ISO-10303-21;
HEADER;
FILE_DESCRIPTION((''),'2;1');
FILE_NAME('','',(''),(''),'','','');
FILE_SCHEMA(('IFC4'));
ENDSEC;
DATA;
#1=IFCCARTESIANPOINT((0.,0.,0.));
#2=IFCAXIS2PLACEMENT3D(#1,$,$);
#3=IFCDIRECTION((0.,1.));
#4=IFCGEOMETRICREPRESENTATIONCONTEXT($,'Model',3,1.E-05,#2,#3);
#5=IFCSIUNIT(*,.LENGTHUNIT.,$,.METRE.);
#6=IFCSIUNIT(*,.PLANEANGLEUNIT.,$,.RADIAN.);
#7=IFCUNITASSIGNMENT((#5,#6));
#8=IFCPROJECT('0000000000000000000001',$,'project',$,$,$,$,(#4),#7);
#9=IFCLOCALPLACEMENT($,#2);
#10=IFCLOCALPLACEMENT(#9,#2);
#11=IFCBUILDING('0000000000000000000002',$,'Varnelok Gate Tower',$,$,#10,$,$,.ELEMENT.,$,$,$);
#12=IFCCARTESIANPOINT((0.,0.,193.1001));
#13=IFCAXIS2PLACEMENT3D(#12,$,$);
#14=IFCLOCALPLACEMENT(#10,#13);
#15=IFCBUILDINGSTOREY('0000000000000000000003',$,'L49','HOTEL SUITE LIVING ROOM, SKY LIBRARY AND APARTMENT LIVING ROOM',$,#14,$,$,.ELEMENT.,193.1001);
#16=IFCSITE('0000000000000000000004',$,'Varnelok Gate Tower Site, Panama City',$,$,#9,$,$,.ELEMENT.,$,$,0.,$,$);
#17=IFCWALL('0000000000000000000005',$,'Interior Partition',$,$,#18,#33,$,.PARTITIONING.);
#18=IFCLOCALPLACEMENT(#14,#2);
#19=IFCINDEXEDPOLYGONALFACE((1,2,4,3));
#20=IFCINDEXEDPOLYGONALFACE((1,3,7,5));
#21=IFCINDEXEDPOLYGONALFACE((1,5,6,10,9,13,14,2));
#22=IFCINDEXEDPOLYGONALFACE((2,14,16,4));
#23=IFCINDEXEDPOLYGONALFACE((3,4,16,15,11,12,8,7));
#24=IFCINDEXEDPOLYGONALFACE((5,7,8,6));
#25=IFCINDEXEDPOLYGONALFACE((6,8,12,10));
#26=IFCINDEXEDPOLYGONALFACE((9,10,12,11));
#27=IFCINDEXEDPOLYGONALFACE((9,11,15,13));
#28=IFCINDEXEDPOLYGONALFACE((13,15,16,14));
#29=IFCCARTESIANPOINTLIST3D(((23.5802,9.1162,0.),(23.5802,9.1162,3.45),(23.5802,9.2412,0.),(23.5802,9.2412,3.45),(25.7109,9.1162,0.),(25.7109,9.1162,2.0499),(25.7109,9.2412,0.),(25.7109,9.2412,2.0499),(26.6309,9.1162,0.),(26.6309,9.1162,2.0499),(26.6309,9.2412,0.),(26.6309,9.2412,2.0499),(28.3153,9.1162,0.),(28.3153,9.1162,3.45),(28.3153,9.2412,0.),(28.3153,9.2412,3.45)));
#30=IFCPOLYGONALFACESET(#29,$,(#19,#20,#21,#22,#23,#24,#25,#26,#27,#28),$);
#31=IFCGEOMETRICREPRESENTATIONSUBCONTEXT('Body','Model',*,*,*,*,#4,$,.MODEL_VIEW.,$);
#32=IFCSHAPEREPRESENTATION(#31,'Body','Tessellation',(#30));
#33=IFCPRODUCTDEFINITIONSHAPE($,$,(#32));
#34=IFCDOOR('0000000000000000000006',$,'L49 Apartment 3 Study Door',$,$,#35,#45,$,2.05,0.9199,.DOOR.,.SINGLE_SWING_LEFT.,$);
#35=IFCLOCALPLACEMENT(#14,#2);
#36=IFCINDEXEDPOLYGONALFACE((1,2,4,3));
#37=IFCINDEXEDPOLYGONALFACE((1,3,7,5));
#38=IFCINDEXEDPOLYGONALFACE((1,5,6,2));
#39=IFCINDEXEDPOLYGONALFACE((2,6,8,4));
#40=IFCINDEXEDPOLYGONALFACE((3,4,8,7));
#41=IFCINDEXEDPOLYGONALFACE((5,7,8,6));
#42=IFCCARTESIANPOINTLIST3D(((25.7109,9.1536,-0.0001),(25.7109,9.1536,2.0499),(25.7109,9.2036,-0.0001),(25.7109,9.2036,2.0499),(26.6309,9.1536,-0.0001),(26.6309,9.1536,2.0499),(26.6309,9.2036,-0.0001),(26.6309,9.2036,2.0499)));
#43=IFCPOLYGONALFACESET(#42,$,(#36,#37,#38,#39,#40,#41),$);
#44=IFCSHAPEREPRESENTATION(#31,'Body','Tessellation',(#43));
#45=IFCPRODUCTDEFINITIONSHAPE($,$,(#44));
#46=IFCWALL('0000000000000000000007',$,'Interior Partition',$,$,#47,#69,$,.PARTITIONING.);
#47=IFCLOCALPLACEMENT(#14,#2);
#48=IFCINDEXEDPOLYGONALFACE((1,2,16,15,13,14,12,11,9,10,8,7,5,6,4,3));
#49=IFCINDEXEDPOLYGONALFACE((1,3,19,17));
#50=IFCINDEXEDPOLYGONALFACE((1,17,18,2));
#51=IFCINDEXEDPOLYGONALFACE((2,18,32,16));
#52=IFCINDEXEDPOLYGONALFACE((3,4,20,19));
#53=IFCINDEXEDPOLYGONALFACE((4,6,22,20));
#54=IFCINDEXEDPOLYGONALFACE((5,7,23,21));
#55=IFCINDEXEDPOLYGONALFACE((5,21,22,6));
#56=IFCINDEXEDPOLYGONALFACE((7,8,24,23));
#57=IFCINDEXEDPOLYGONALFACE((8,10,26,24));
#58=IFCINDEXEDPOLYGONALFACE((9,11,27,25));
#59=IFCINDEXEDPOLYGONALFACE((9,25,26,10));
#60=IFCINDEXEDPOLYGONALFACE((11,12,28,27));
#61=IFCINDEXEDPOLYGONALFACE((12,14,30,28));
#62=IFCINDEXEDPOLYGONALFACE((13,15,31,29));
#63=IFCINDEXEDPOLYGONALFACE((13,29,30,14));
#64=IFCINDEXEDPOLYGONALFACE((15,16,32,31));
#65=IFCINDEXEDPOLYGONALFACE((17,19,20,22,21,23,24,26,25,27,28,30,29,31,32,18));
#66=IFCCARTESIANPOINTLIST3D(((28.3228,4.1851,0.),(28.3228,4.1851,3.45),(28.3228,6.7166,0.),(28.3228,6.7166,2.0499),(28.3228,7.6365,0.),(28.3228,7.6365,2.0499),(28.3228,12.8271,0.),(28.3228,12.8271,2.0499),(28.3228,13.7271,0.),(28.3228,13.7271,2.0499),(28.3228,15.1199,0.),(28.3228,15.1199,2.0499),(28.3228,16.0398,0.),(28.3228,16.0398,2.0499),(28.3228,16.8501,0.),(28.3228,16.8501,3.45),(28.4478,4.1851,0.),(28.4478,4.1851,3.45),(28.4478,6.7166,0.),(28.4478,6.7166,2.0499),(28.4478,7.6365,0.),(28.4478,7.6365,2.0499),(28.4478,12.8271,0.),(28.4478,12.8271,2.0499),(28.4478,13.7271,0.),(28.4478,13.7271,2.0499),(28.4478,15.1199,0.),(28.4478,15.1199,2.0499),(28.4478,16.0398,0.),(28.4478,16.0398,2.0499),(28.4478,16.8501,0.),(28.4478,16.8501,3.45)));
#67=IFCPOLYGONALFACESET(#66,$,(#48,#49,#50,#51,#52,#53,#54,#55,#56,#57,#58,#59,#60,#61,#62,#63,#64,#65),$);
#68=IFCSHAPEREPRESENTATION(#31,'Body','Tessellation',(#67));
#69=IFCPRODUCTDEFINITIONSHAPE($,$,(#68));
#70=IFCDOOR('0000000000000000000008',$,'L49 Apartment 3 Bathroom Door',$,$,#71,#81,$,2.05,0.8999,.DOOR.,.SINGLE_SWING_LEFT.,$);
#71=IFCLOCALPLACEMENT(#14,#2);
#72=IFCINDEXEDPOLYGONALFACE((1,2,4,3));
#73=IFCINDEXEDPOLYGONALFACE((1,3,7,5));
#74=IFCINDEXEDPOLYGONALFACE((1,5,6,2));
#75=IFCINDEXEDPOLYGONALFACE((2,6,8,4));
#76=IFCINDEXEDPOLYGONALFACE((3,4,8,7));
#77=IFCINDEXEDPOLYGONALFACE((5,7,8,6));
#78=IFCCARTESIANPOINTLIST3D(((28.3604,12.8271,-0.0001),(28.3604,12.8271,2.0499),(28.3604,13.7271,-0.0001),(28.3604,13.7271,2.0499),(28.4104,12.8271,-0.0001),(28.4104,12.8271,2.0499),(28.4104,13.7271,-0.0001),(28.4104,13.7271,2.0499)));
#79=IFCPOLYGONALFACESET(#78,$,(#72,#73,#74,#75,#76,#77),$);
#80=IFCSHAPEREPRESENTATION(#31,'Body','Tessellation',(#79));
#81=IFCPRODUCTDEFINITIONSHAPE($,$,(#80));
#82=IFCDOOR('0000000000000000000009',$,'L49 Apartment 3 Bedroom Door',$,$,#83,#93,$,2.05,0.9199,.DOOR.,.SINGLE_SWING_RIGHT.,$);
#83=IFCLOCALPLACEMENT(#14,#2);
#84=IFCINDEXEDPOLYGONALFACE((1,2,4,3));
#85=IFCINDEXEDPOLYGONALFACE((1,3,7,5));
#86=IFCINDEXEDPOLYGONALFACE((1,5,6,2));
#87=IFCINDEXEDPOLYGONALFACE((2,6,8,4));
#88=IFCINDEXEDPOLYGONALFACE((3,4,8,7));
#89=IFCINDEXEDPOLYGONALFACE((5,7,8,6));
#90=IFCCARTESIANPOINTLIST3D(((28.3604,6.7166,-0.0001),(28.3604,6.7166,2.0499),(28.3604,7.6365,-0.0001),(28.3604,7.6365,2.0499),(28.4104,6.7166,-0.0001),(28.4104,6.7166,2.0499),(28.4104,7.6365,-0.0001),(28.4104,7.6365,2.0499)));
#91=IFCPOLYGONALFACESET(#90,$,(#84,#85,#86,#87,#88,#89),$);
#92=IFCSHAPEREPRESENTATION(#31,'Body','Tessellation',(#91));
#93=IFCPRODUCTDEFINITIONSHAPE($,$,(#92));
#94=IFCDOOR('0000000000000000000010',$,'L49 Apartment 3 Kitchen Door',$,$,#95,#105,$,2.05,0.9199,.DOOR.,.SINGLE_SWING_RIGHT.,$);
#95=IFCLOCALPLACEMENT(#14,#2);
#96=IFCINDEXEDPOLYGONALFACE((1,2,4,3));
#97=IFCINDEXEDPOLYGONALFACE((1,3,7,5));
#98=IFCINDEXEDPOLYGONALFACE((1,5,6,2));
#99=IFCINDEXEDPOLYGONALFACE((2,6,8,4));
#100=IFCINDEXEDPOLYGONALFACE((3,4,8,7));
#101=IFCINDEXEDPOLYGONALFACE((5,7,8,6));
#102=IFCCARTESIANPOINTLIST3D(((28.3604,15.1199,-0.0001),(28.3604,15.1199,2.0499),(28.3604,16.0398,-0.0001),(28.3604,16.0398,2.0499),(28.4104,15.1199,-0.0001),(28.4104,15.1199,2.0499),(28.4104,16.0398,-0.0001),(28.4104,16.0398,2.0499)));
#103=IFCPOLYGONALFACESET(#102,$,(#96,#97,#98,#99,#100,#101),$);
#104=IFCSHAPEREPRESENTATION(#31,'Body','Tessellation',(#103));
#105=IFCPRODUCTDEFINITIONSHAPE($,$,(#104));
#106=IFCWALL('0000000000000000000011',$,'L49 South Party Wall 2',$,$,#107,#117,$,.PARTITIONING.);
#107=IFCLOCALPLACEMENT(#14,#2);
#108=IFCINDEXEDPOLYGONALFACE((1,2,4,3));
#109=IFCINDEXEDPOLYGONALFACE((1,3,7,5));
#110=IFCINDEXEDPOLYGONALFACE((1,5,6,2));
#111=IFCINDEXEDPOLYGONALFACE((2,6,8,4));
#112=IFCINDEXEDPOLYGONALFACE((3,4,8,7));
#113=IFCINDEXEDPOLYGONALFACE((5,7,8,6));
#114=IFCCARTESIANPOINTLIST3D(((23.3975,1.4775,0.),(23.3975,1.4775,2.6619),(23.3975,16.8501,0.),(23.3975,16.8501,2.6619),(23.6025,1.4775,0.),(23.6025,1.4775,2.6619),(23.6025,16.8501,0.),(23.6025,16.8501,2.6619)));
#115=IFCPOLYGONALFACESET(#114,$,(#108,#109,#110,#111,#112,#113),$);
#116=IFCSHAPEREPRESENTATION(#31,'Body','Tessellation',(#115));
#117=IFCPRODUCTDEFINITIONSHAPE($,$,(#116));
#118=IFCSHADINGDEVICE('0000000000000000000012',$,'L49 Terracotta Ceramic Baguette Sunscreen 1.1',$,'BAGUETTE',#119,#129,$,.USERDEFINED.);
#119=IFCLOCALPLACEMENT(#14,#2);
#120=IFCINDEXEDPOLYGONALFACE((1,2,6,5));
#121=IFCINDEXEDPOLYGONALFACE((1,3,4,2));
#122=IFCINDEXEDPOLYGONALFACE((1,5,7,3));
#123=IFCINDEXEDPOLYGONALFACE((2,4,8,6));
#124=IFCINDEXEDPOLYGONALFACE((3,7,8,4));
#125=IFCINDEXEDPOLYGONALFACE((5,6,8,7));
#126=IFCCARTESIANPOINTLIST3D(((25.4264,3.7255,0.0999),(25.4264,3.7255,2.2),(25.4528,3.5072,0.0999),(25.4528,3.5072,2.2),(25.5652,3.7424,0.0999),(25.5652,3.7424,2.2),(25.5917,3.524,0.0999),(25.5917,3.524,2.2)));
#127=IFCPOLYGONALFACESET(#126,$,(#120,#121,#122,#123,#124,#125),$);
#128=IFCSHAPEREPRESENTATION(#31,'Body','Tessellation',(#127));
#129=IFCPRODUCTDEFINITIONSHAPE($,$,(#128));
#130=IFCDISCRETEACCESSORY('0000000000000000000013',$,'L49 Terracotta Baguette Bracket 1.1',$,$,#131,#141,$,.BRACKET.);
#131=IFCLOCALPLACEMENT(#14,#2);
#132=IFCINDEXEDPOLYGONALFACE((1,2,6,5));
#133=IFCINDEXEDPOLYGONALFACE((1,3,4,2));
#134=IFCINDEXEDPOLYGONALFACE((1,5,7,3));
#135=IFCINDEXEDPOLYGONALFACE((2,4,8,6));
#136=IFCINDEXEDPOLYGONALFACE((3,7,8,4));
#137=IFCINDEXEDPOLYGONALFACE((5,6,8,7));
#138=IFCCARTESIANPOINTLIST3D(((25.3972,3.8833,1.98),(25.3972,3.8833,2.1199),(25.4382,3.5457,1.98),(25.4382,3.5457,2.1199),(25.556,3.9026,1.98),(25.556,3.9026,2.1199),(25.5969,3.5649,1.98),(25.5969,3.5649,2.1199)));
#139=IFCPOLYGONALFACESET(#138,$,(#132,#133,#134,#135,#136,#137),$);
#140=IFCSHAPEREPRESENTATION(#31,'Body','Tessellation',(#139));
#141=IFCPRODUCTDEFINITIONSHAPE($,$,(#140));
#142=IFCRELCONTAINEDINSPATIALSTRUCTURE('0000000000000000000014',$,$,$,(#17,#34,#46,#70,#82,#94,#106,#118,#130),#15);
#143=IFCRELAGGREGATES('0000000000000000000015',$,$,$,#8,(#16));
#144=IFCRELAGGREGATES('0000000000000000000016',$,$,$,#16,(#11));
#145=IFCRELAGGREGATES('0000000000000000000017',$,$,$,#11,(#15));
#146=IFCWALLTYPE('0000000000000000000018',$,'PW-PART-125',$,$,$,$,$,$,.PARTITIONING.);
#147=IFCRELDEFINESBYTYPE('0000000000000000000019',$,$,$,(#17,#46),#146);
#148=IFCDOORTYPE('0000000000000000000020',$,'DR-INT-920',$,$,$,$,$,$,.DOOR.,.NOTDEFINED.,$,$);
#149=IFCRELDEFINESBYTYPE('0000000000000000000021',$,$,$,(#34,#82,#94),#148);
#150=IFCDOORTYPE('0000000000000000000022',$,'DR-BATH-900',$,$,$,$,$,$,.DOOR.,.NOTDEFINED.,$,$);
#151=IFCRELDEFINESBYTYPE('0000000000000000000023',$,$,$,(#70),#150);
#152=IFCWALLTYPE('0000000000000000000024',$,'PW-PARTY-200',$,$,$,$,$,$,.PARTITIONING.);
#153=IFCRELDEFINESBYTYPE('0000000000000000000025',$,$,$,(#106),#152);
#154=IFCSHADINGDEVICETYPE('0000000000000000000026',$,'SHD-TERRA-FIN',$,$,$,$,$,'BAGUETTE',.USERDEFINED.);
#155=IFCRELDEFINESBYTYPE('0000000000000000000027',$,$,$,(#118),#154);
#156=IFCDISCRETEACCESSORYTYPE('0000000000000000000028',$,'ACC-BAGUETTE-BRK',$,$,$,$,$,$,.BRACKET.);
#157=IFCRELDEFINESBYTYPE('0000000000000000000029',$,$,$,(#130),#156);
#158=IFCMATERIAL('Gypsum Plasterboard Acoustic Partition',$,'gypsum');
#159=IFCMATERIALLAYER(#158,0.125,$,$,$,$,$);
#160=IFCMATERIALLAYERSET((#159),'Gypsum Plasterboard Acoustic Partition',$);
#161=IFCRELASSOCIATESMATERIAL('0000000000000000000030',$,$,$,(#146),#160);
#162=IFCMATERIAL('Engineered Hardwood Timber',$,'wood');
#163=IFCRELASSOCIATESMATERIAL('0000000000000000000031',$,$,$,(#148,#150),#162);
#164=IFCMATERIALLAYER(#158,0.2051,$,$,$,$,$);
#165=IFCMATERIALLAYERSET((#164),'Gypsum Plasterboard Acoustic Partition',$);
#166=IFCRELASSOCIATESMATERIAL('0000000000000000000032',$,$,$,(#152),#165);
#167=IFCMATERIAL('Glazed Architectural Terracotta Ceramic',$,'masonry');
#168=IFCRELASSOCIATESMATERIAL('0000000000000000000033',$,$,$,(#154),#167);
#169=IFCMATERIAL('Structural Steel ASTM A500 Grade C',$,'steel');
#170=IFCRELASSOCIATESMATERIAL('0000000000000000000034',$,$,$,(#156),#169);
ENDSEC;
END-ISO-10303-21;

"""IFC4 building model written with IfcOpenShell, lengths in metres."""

from ifc_helpers import new_model, si_unit, direction, frame, frame_2d, origin, origin_2d, place, context, subcontext, project, spatial, rectangle, extrude, source, transform, mapped, material, layer, layer_set, type_object, element, fill, save


model = new_model("IFC4")

# Units and contexts
model_context = context("Model", 3, precision=1e-05, world=origin(), true_north=direction((0.0, 1.0)))
body_context = subcontext(model_context, "Body", "Model", "MODEL_VIEW")
ifc_project = project(units=[si_unit("LENGTHUNIT", "METRE"), si_unit("PLANEANGLEUNIT", "RADIAN")], contexts=[model_context])

# Site, building, storey
site_placement = place(None, origin())
site = spatial("IfcSite", under=ifc_project, at=site_placement, Name="Varnelok Gate Tower Site, Panama City", CompositionType="ELEMENT", RefElevation=0.0)
building_placement = place(site_placement, origin())
building = spatial("IfcBuilding", under=site, at=building_placement, Name="Varnelok Gate Tower", CompositionType="ELEMENT")
storey_placement = place(building_placement, frame((0.0, 0.0, 193.1001)))
storey = spatial("IfcBuildingStorey", under=building, at=storey_placement, Name="L49", Description="HOTEL SUITE LIVING ROOM, SKY LIBRARY AND APARTMENT LIVING ROOM", CompositionType="ELEMENT", Elevation=193.1001)

# Shared definitions
ifc_material_1 = material(Name="Gypsum Plasterboard Acoustic Partition", Category="gypsum")

# Wall, opening, door
ifc_layer_1 = layer(ifc_material_1, 0.125)
ifc_layer_set_1 = layer_set([ifc_layer_1], Name="Gypsum Plasterboard Acoustic Partition")
wall_type_1 = type_object("IfcWallType", Name="PW-PART-125", PredefinedType="PARTITIONING", material=ifc_layer_set_1)
wall_1_placement = place(storey_placement, frame((23.5801, 9.1787, 0.0), z_axis=(0.0, 0.0, 1.0), x_axis=(1.0, 0.0, 0.0)))
wall_1 = element("IfcWall", 1, at=wall_1_placement, inside=storey, type_object=wall_type_1, Name="Interior Partition", PredefinedType="PARTITIONING", context=body_context, shape_type="SweptSolid", body=[
    extrude(rectangle(XDim=4.7351, YDim=0.125, at=frame_2d((2.3677, 0.0))), origin(), (0.0, 0.0, 1.0), 3.45),
])
opening_1_placement = place(wall_1_placement, frame((2.1309, 0.0, 0.0)))
opening_1 = element("IfcOpeningElement", 2, at=opening_1_placement, cuts=wall_1, PredefinedType="OPENING", context=body_context, shape_type="SweptSolid", body=[
    extrude(rectangle(XDim=0.9199, YDim=2.05, at=frame_2d((0.46, 1.0249))), frame((0.0, 0.0725, 0.0), z_axis=(0.0, -1.0, 0.0), x_axis=(1.0, 0.0, 0.0)), (0.0, 0.0, 1.0), 0.145),
])
ifc_material_2 = material(Name="Engineered Hardwood Timber", Category="wood")
door_type_1 = type_object("IfcDoorType", Name="DR-INT-920", OperationType="NOTDEFINED", PredefinedType="DOOR", material=ifc_material_2)
door_1_placement = place(opening_1_placement, origin())
door_1 = element("IfcDoor", 3, at=door_1_placement, inside=storey, type_object=door_type_1, Name="L49 Apartment 3 Study Door", OperationType="SINGLE_SWING_LEFT", OverallHeight=2.05, OverallWidth=0.9199, PredefinedType="DOOR", context=body_context, shape_type="SweptSolid", body=[
    extrude(rectangle(XDim=0.9199, YDim=2.05, at=frame_2d((0.46, 1.0249))), frame((0.0, 0.0249, 0.0), z_axis=(0.0, -1.0, 0.0), x_axis=(1.0, 0.0, 0.0)), (0.0, 0.0, 1.0), 0.05),
])
fill(opening_1, door_1)

# Wall, openings, doors
wall_2_placement = place(storey_placement, frame((28.3853, 4.1851, 0.0), z_axis=(0.0, 0.0, 1.0), x_axis=(0.0, 1.0, 0.0)))
wall_2 = element("IfcWall", 4, at=wall_2_placement, inside=storey, type_object=wall_type_1, Name="Interior Partition", PredefinedType="PARTITIONING", context=body_context, shape_type="SweptSolid", body=[
    extrude(rectangle(XDim=12.665, YDim=0.125, at=frame_2d((6.3325, 0.0))), origin(), (0.0, 0.0, 1.0), 3.45),
])
opening_2_placement = place(wall_2_placement, frame((2.5315, 0.0, 0.0)))
opening_2 = element("IfcOpeningElement", 5, at=opening_2_placement, cuts=wall_2, PredefinedType="OPENING", context=body_context, shape_type="SweptSolid", body=[
    extrude(rectangle(XDim=0.9199, YDim=2.05, at=frame_2d((0.46, 1.0249))), frame((0.0, 0.0725, 0.0), z_axis=(0.0, -1.0, 0.0), x_axis=(1.0, 0.0, 0.0)), (0.0, 0.0, 1.0), 0.145),
])
opening_3_placement = place(wall_2_placement, frame((8.6421, 0.0, 0.0)))
opening_3 = element("IfcOpeningElement", 6, at=opening_3_placement, cuts=wall_2, PredefinedType="OPENING", context=body_context, shape_type="SweptSolid", body=[
    extrude(rectangle(XDim=0.8999, YDim=2.05, at=frame_2d((0.45, 1.0249))), frame((0.0, 0.0725, 0.0), z_axis=(0.0, -1.0, 0.0), x_axis=(1.0, 0.0, 0.0)), (0.0, 0.0, 1.0), 0.145),
])
opening_4_placement = place(wall_2_placement, frame((10.9348, 0.0, 0.0)))
opening_4 = element("IfcOpeningElement", 7, at=opening_4_placement, cuts=wall_2, PredefinedType="OPENING", context=body_context, shape_type="SweptSolid", body=[
    extrude(rectangle(XDim=0.9199, YDim=2.05, at=frame_2d((0.46, 1.0249))), frame((0.0, 0.0725, 0.0), z_axis=(0.0, -1.0, 0.0), x_axis=(1.0, 0.0, 0.0)), (0.0, 0.0, 1.0), 0.145),
])
door_type_2 = type_object("IfcDoorType", Name="DR-BATH-900", OperationType="NOTDEFINED", PredefinedType="DOOR", material=ifc_material_2)
door_2_placement = place(opening_3_placement, origin())
door_2 = element("IfcDoor", 8, at=door_2_placement, inside=storey, type_object=door_type_2, Name="L49 Apartment 3 Bathroom Door", OperationType="SINGLE_SWING_LEFT", OverallHeight=2.05, OverallWidth=0.8999, PredefinedType="DOOR", context=body_context, shape_type="SweptSolid", body=[
    extrude(rectangle(XDim=0.8999, YDim=2.05, at=frame_2d((0.45, 1.0249))), frame((0.0, 0.0249, 0.0), z_axis=(0.0, -1.0, 0.0), x_axis=(1.0, 0.0, 0.0)), (0.0, 0.0, 1.0), 0.05),
])
fill(opening_3, door_2)
door_3_placement = place(opening_2_placement, origin())
door_3 = element("IfcDoor", 9, at=door_3_placement, inside=storey, type_object=door_type_1, Name="L49 Apartment 3 Bedroom Door", OperationType="SINGLE_SWING_RIGHT", OverallHeight=2.05, OverallWidth=0.9199, PredefinedType="DOOR", context=body_context, shape_type="SweptSolid", body=[
    extrude(rectangle(XDim=0.9199, YDim=2.05, at=frame_2d((0.46, 1.0249))), frame((0.0, 0.0249, 0.0), z_axis=(0.0, -1.0, 0.0), x_axis=(1.0, 0.0, 0.0)), (0.0, 0.0, 1.0), 0.05),
])
fill(opening_2, door_3)
door_4_placement = place(opening_4_placement, origin())
door_4 = element("IfcDoor", 10, at=door_4_placement, inside=storey, type_object=door_type_1, Name="L49 Apartment 3 Kitchen Door", OperationType="SINGLE_SWING_RIGHT", OverallHeight=2.05, OverallWidth=0.9199, PredefinedType="DOOR", context=body_context, shape_type="SweptSolid", body=[
    extrude(rectangle(XDim=0.9199, YDim=2.05, at=frame_2d((0.46, 1.0249))), frame((0.0, 0.0249, 0.0), z_axis=(0.0, -1.0, 0.0), x_axis=(1.0, 0.0, 0.0)), (0.0, 0.0, 1.0), 0.05),
])
fill(opening_4, door_4)

# Wall
ifc_layer_2 = layer(ifc_material_1, 0.2051)
ifc_layer_set_2 = layer_set([ifc_layer_2], Name="Gypsum Plasterboard Acoustic Partition")
wall_type_2 = type_object("IfcWallType", Name="PW-PARTY-200", PredefinedType="PARTITIONING", material=ifc_layer_set_2)
wall_3_placement = place(storey_placement, frame((23.5, 1.4775, 0.0), z_axis=(0.0, 0.0, 1.0), x_axis=(0.0, 1.0, 0.0)))
element("IfcWall", 11, at=wall_3_placement, inside=storey, type_object=wall_type_2, Name="L49 South Party Wall 2", PredefinedType="PARTITIONING", context=body_context, shape_type="SweptSolid", body=[
    extrude(rectangle(XDim=15.3726, YDim=0.2051, at=frame_2d((7.6863, 0.0))), origin(), (0.0, 0.0, 1.0), 2.6619),
])

# Shading device
ifc_material_3 = material(Name="Glazed Architectural Terracotta Ceramic", Category="masonry")
shading_device_type = type_object("IfcShadingDeviceType", Name="SHD-TERRA-FIN", ElementType="BAGUETTE", PredefinedType="USERDEFINED", material=ifc_material_3)
shared_shape_1 = source(origin(), body_context, "Body", "SweptSolid", [
    extrude(rectangle(XDim=0.1399, YDim=0.22, at=origin_2d()), origin(), (0.0, 0.0, 1.0), 2.1001),
])
shading_device_placement = place(storey_placement, frame((25.509, 3.6248, 0.0999), z_axis=(0.0, 0.0, 1.0), x_axis=(0.992732, 0.120345, 0.0)))
element("IfcShadingDevice", 12, at=shading_device_placement, inside=storey, type_object=shading_device_type, Name="L49 Terracotta Ceramic Baguette Sunscreen 1.1", ObjectType="BAGUETTE", PredefinedType="USERDEFINED", context=body_context, shape_type="MappedRepresentation", body=[
    mapped(shared_shape_1, transform((0.0, 0.0, 0.0), scale=1.0)),
])

# Discrete accessory
ifc_material_4 = material(Name="Structural Steel ASTM A500 Grade C", Category="steel")
discrete_accessory_type = type_object("IfcDiscreteAccessoryType", Name="ACC-BAGUETTE-BRK", PredefinedType="BRACKET", material=ifc_material_4)
shared_shape_2 = source(origin(), body_context, "Body", "SweptSolid", [
    extrude(rectangle(XDim=0.1599, YDim=0.3401, at=origin_2d()), origin(), (0.0, 0.0, 1.0), 0.1399),
])
discrete_accessory_placement = place(storey_placement, frame((25.4971, 3.7241, 1.98), z_axis=(0.0, 0.0, 1.0), x_axis=(0.992732, 0.120345, 0.0)))
element("IfcDiscreteAccessory", 13, at=discrete_accessory_placement, inside=storey, type_object=discrete_accessory_type, Name="L49 Terracotta Baguette Bracket 1.1", PredefinedType="BRACKET", context=body_context, shape_type="MappedRepresentation", body=[
    mapped(shared_shape_2, transform((0.0, 0.0, 0.0), scale=1.0)),
])

save(model, "model.ifc")
